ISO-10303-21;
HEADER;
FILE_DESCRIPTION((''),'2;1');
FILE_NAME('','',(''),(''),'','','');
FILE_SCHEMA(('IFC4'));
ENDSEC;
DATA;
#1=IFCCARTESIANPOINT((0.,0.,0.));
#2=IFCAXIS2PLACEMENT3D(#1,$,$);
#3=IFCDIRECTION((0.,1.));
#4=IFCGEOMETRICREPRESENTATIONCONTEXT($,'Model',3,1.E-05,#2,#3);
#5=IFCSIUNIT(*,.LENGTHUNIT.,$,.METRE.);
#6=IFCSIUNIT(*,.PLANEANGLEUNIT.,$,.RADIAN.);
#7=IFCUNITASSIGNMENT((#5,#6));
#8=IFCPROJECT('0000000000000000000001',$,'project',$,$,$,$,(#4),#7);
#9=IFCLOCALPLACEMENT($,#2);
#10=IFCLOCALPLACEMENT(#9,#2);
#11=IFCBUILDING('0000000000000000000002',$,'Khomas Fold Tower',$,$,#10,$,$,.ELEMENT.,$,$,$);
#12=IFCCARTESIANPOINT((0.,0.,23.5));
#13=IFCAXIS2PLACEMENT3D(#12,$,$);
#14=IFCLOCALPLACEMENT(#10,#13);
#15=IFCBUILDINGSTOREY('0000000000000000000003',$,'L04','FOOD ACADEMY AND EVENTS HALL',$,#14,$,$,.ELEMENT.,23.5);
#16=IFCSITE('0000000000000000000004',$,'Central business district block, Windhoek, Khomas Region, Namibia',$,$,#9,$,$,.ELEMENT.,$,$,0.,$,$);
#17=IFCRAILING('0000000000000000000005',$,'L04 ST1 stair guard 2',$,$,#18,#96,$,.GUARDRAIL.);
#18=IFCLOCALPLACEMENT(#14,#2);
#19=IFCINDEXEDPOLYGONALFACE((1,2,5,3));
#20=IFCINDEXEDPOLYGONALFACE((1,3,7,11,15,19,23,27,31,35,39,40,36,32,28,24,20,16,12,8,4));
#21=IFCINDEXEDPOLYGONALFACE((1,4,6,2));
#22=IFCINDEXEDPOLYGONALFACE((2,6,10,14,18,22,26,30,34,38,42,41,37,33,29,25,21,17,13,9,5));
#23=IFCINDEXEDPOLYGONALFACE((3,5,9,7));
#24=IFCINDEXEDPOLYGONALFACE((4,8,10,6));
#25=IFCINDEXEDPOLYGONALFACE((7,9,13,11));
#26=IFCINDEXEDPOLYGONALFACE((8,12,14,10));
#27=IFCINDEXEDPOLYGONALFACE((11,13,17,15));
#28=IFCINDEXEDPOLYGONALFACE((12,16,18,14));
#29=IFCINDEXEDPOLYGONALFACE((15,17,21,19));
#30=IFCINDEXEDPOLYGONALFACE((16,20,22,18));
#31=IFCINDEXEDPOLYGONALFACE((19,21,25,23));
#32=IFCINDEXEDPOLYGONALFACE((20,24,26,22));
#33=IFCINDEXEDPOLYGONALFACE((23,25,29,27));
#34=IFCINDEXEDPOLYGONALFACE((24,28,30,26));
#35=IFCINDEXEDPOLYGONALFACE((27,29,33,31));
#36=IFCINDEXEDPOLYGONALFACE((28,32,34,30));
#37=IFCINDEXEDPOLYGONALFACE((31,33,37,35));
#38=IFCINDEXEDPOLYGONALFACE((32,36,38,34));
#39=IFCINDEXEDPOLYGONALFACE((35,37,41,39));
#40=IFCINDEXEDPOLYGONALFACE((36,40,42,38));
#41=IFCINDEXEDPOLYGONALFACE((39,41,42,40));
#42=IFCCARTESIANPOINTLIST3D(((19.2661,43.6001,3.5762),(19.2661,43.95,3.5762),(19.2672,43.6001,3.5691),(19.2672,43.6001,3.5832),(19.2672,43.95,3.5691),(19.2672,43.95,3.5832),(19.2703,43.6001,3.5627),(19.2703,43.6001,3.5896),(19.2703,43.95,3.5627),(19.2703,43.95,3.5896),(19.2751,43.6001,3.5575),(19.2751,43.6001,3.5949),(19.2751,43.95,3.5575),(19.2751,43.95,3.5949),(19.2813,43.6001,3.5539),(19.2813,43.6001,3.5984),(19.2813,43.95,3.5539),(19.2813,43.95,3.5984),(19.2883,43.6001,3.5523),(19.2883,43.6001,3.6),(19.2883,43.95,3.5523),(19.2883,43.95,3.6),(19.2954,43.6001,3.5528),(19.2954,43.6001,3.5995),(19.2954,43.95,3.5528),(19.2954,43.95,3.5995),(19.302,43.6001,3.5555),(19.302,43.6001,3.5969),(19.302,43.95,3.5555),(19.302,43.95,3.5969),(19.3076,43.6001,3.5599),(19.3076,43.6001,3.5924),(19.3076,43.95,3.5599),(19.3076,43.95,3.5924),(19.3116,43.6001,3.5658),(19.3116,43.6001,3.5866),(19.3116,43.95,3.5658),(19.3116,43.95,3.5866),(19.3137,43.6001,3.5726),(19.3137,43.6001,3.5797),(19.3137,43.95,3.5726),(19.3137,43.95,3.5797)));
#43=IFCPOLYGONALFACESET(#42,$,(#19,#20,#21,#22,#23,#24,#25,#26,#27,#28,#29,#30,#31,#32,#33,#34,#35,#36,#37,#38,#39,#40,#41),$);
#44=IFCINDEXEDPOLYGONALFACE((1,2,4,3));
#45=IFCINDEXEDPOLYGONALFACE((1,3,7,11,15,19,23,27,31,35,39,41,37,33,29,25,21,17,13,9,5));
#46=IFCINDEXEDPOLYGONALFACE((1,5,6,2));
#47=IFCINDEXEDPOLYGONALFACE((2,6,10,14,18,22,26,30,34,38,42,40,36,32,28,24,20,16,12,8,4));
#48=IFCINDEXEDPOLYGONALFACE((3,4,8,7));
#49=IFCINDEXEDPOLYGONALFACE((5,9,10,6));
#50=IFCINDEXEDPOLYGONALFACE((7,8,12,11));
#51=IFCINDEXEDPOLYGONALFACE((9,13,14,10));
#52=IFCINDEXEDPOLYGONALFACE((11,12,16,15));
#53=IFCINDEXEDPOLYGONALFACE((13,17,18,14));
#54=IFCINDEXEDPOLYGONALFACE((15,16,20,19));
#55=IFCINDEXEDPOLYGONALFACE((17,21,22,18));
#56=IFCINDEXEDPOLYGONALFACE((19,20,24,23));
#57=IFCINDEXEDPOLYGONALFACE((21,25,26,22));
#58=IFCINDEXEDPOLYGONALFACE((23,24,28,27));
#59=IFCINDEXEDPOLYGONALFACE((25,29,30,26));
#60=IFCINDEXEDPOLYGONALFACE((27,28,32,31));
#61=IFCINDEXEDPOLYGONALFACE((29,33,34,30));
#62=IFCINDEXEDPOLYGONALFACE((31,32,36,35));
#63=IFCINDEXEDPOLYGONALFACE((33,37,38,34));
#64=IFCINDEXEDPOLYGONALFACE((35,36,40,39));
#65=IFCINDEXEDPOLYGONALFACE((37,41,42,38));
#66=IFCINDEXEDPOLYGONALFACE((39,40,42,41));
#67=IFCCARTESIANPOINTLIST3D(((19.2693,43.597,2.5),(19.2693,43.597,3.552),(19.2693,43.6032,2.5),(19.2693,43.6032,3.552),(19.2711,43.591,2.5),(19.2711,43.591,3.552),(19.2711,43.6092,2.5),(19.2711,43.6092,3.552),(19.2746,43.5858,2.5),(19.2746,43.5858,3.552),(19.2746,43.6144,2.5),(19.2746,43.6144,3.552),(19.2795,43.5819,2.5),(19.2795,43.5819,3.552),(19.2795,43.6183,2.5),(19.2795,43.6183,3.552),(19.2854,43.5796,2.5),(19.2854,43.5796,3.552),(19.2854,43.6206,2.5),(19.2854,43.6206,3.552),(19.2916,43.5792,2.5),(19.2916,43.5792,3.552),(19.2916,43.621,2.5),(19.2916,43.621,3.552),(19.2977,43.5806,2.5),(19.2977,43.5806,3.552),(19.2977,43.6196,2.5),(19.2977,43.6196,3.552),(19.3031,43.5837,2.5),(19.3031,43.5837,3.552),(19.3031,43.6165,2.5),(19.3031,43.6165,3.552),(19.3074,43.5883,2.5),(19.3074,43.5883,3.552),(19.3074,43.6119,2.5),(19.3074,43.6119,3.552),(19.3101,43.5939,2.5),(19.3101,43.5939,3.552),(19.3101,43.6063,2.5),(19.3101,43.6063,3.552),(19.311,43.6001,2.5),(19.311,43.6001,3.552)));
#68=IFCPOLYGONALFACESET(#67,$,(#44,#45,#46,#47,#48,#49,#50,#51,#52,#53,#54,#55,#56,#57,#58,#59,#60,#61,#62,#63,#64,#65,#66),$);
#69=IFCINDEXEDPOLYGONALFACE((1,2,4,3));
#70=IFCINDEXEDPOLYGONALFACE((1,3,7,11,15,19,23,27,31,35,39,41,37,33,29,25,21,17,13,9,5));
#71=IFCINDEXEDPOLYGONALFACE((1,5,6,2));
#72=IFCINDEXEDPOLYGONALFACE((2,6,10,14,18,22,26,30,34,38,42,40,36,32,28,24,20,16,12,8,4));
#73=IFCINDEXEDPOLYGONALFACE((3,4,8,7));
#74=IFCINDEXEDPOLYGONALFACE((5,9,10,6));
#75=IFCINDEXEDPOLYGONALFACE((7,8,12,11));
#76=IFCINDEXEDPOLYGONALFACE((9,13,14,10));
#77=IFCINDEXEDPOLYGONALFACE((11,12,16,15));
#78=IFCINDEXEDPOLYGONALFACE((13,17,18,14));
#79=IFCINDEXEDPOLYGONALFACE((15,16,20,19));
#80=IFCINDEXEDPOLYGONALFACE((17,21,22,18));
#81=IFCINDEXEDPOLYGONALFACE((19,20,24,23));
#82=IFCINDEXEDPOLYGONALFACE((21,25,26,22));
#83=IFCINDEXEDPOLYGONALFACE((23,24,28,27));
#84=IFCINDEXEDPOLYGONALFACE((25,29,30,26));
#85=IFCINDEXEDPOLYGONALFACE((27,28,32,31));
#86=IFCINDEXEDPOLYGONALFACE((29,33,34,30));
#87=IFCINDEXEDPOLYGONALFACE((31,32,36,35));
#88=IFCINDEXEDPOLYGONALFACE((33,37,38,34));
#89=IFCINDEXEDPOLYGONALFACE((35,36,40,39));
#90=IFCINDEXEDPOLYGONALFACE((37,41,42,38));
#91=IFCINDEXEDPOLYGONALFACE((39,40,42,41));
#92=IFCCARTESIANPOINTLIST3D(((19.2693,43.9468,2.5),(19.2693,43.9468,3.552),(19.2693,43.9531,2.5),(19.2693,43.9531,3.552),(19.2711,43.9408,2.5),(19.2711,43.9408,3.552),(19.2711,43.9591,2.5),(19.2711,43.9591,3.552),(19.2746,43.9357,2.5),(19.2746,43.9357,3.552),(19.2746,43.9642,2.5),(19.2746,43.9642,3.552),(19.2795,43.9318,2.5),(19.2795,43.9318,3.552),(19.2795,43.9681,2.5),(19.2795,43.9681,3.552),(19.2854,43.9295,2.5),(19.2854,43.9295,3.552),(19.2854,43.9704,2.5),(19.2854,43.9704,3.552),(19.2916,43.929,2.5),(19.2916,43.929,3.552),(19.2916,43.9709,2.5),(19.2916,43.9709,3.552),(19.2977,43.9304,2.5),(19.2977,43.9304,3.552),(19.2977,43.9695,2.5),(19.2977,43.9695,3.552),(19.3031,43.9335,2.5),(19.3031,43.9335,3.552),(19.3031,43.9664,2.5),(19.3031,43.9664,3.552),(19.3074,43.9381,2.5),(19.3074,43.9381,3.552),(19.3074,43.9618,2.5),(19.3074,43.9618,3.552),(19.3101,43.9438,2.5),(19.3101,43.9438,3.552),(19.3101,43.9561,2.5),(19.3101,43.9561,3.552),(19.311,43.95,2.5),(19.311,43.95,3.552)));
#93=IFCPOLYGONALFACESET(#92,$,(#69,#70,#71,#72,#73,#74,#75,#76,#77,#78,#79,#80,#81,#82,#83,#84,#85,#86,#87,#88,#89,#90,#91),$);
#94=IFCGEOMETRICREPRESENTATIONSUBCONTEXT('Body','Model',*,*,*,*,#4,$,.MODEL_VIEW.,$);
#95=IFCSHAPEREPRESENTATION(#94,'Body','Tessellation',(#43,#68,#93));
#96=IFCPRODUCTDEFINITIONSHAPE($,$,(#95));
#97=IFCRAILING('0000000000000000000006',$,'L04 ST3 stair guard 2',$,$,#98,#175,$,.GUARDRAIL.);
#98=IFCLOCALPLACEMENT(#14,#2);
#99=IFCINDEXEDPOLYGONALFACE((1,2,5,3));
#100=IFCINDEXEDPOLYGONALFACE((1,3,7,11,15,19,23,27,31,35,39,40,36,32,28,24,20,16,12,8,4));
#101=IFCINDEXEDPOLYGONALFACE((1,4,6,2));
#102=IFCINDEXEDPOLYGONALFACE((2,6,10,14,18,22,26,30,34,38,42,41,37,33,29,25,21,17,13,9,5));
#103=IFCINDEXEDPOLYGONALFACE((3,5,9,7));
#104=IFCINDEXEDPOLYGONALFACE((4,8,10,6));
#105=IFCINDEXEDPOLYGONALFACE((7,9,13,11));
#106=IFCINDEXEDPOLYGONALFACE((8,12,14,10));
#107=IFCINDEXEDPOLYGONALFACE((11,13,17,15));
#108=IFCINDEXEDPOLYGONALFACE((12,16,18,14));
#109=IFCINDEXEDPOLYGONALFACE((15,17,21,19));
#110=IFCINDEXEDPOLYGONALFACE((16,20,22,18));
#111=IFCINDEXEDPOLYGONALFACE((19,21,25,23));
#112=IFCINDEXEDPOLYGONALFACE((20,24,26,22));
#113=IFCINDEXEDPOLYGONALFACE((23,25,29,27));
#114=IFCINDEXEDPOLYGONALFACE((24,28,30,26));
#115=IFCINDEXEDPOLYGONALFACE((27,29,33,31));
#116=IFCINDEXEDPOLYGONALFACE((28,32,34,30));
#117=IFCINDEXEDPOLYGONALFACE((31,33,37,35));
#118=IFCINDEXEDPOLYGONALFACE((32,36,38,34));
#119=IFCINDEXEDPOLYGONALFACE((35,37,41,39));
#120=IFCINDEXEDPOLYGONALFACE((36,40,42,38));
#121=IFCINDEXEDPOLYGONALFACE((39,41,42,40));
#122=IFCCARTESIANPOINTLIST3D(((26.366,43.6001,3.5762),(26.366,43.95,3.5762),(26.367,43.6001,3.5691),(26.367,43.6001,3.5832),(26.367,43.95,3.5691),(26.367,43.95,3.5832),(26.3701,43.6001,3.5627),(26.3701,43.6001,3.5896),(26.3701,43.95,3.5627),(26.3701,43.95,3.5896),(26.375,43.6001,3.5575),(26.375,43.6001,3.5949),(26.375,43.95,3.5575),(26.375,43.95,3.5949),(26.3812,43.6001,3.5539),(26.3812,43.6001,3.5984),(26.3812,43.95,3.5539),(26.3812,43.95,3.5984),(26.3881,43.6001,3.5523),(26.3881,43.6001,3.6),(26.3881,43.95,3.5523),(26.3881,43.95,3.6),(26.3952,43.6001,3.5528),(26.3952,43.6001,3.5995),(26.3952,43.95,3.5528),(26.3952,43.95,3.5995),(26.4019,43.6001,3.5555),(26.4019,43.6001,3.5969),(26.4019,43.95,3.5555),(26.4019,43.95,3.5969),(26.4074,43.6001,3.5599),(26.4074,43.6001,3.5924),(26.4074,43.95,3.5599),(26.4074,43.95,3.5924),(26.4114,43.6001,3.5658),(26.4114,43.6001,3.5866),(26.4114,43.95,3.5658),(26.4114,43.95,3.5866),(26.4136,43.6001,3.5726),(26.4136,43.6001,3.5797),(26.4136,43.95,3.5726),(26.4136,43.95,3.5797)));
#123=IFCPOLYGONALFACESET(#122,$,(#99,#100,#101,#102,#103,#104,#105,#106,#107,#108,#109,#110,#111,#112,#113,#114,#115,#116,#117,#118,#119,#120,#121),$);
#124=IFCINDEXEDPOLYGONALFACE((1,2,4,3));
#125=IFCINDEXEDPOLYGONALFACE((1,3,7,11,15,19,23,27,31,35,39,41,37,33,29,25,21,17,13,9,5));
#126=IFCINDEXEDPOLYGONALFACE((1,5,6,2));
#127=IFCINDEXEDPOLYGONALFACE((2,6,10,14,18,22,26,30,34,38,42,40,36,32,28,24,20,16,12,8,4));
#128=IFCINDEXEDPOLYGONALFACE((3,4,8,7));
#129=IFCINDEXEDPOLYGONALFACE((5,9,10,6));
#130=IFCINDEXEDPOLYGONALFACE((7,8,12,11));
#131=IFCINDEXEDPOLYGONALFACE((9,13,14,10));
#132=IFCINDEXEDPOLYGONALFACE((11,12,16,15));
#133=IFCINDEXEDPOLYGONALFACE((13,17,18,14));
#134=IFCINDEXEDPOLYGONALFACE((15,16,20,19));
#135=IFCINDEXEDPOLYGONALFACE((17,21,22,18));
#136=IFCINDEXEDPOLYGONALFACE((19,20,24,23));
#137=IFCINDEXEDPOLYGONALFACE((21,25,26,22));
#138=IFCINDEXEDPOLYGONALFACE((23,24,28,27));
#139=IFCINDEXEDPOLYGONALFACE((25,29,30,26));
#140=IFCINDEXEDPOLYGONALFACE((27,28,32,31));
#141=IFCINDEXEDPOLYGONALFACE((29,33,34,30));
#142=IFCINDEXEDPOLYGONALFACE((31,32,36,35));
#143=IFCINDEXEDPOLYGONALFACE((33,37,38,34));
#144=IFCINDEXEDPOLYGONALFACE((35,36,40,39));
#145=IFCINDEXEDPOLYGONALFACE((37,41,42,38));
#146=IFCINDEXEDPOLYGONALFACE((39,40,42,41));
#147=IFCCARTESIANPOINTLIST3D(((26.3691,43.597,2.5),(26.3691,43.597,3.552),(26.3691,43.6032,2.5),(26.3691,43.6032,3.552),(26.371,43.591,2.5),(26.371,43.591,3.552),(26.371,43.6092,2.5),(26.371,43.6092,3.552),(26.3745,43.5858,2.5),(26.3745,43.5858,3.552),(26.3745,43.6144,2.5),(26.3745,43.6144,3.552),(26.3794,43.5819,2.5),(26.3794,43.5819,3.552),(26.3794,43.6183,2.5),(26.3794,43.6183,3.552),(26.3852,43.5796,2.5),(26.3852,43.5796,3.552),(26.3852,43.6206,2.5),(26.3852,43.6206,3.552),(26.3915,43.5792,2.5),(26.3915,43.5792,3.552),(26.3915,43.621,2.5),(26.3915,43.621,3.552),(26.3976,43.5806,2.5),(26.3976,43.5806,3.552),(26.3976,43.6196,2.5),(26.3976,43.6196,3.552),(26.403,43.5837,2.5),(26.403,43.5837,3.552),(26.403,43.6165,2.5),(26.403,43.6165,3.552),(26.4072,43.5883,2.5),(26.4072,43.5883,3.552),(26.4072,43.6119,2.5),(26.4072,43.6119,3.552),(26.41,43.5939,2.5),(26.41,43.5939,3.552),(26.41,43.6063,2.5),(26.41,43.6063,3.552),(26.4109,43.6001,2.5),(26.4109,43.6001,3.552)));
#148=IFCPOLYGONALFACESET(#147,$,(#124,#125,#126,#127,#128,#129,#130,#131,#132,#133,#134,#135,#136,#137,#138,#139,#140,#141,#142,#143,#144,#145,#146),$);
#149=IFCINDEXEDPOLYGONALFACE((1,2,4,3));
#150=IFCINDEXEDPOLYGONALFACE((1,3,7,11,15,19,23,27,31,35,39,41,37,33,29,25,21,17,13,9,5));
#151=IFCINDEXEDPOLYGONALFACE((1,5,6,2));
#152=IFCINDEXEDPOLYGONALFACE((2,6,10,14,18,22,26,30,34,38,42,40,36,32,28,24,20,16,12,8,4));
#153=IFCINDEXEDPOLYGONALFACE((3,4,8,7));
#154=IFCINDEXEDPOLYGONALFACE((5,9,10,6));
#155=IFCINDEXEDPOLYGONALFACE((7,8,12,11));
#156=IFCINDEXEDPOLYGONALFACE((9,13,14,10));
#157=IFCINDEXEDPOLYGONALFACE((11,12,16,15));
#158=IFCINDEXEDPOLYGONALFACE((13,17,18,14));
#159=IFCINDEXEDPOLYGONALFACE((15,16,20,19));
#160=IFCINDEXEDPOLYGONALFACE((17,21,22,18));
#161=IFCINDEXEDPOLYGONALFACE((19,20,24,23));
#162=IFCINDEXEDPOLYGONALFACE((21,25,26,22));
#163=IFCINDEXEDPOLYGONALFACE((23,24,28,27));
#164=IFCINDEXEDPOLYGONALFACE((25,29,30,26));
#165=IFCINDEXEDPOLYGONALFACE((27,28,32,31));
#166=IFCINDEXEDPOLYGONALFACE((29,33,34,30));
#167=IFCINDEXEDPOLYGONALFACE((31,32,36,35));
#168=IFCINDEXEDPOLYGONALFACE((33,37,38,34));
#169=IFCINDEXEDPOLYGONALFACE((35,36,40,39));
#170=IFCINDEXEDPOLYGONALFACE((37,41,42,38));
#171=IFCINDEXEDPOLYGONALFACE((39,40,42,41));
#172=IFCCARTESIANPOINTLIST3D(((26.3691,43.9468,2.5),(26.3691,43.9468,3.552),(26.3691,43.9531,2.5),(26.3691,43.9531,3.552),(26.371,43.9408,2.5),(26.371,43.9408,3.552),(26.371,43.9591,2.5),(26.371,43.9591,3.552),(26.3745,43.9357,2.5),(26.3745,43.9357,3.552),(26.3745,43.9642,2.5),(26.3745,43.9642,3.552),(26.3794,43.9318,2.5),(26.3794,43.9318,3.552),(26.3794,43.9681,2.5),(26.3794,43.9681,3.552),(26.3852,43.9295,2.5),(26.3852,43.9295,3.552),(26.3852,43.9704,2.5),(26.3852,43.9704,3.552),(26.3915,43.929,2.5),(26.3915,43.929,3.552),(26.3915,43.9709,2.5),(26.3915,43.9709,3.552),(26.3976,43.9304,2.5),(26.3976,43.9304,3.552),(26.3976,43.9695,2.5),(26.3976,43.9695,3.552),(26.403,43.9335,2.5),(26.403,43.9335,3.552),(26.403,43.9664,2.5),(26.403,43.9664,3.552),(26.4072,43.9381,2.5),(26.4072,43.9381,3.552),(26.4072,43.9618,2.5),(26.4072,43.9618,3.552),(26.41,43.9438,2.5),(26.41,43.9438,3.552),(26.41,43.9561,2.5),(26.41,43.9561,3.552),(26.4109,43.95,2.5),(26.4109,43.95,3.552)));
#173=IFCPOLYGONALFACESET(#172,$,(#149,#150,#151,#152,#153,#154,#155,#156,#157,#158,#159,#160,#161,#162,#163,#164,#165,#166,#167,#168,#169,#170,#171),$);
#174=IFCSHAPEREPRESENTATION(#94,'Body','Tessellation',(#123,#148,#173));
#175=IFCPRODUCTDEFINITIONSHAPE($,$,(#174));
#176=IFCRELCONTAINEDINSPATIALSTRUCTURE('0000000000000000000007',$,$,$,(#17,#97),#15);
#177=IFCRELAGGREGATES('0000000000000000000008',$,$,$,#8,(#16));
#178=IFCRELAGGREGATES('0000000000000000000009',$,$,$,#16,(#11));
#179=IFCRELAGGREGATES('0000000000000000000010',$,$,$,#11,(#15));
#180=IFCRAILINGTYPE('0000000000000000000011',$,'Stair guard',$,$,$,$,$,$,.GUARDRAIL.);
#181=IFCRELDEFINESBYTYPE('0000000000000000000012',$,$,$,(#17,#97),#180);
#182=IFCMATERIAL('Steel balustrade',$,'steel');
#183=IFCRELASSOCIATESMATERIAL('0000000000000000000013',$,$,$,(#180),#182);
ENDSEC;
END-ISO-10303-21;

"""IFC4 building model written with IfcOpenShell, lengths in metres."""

from ifc_helpers import new_model, si_unit, direction, frame, origin, origin_2d, place, context, subcontext, project, spatial, circle, extrude, source, transform, mapped, material, type_object, element, save


model = new_model("IFC4")

# Units and contexts
model_context = context("Model", 3, precision=1e-05, world=origin(), true_north=direction((0.0, 1.0)))
body_context = subcontext(model_context, "Body", "Model", "MODEL_VIEW")
ifc_project = project(units=[si_unit("LENGTHUNIT", "METRE"), si_unit("PLANEANGLEUNIT", "RADIAN")], contexts=[model_context])

# Site, building, storey
site_placement = place(None, origin())
site = spatial("IfcSite", under=ifc_project, at=site_placement, Name="Central business district block, Windhoek, Khomas Region, Namibia", CompositionType="ELEMENT", RefElevation=0.0)
building_placement = place(site_placement, origin())
building = spatial("IfcBuilding", under=site, at=building_placement, Name="Khomas Fold Tower", CompositionType="ELEMENT")
storey_placement = place(building_placement, frame((0.0, 0.0, 23.5)))
storey = spatial("IfcBuildingStorey", under=building, at=storey_placement, Name="L04", Description="FOOD ACADEMY AND EVENTS HALL", CompositionType="ELEMENT", Elevation=23.5)

# Railings
ifc_material_1 = material(Name="Steel balustrade", Category="steel")
railing_type_1 = type_object("IfcRailingType", Name="Stair guard", PredefinedType="GUARDRAIL", material=ifc_material_1)
shared_shape_1 = source(origin(), body_context, "Body", "SweptSolid", [
    extrude(circle(Radius=0.0239, at=origin_2d()), frame((0.0, 0.0, 1.0762), z_axis=(0.0, 1.0, 0.0), x_axis=(-1.0, 0.0, 0.0)), (0.0, 0.0, 1.0), 0.3499),
    extrude(circle(Radius=0.021, at=origin_2d()), origin(), (0.0, 0.0, 1.0), 1.052),
    extrude(circle(Radius=0.021, at=origin_2d()), frame((0.0, 0.3499, 0.0)), (0.0, 0.0, 1.0), 1.052),
])
for number, where, name in (
    (1, (19.29, 43.6001, 2.5), "L04 ST1 stair guard 2"),
    (2, (26.3899, 43.6001, 2.5), "L04 ST3 stair guard 2"),
):
    element("IfcRailing", number, at=place(storey_placement, frame(where)), inside=storey, type_object=railing_type_1, Name=name, PredefinedType="GUARDRAIL", context=body_context, shape_type="MappedRepresentation", body=[
        mapped(shared_shape_1, transform((0.0, 0.0, 0.0))),
    ])

save(model, "model.ifc")
